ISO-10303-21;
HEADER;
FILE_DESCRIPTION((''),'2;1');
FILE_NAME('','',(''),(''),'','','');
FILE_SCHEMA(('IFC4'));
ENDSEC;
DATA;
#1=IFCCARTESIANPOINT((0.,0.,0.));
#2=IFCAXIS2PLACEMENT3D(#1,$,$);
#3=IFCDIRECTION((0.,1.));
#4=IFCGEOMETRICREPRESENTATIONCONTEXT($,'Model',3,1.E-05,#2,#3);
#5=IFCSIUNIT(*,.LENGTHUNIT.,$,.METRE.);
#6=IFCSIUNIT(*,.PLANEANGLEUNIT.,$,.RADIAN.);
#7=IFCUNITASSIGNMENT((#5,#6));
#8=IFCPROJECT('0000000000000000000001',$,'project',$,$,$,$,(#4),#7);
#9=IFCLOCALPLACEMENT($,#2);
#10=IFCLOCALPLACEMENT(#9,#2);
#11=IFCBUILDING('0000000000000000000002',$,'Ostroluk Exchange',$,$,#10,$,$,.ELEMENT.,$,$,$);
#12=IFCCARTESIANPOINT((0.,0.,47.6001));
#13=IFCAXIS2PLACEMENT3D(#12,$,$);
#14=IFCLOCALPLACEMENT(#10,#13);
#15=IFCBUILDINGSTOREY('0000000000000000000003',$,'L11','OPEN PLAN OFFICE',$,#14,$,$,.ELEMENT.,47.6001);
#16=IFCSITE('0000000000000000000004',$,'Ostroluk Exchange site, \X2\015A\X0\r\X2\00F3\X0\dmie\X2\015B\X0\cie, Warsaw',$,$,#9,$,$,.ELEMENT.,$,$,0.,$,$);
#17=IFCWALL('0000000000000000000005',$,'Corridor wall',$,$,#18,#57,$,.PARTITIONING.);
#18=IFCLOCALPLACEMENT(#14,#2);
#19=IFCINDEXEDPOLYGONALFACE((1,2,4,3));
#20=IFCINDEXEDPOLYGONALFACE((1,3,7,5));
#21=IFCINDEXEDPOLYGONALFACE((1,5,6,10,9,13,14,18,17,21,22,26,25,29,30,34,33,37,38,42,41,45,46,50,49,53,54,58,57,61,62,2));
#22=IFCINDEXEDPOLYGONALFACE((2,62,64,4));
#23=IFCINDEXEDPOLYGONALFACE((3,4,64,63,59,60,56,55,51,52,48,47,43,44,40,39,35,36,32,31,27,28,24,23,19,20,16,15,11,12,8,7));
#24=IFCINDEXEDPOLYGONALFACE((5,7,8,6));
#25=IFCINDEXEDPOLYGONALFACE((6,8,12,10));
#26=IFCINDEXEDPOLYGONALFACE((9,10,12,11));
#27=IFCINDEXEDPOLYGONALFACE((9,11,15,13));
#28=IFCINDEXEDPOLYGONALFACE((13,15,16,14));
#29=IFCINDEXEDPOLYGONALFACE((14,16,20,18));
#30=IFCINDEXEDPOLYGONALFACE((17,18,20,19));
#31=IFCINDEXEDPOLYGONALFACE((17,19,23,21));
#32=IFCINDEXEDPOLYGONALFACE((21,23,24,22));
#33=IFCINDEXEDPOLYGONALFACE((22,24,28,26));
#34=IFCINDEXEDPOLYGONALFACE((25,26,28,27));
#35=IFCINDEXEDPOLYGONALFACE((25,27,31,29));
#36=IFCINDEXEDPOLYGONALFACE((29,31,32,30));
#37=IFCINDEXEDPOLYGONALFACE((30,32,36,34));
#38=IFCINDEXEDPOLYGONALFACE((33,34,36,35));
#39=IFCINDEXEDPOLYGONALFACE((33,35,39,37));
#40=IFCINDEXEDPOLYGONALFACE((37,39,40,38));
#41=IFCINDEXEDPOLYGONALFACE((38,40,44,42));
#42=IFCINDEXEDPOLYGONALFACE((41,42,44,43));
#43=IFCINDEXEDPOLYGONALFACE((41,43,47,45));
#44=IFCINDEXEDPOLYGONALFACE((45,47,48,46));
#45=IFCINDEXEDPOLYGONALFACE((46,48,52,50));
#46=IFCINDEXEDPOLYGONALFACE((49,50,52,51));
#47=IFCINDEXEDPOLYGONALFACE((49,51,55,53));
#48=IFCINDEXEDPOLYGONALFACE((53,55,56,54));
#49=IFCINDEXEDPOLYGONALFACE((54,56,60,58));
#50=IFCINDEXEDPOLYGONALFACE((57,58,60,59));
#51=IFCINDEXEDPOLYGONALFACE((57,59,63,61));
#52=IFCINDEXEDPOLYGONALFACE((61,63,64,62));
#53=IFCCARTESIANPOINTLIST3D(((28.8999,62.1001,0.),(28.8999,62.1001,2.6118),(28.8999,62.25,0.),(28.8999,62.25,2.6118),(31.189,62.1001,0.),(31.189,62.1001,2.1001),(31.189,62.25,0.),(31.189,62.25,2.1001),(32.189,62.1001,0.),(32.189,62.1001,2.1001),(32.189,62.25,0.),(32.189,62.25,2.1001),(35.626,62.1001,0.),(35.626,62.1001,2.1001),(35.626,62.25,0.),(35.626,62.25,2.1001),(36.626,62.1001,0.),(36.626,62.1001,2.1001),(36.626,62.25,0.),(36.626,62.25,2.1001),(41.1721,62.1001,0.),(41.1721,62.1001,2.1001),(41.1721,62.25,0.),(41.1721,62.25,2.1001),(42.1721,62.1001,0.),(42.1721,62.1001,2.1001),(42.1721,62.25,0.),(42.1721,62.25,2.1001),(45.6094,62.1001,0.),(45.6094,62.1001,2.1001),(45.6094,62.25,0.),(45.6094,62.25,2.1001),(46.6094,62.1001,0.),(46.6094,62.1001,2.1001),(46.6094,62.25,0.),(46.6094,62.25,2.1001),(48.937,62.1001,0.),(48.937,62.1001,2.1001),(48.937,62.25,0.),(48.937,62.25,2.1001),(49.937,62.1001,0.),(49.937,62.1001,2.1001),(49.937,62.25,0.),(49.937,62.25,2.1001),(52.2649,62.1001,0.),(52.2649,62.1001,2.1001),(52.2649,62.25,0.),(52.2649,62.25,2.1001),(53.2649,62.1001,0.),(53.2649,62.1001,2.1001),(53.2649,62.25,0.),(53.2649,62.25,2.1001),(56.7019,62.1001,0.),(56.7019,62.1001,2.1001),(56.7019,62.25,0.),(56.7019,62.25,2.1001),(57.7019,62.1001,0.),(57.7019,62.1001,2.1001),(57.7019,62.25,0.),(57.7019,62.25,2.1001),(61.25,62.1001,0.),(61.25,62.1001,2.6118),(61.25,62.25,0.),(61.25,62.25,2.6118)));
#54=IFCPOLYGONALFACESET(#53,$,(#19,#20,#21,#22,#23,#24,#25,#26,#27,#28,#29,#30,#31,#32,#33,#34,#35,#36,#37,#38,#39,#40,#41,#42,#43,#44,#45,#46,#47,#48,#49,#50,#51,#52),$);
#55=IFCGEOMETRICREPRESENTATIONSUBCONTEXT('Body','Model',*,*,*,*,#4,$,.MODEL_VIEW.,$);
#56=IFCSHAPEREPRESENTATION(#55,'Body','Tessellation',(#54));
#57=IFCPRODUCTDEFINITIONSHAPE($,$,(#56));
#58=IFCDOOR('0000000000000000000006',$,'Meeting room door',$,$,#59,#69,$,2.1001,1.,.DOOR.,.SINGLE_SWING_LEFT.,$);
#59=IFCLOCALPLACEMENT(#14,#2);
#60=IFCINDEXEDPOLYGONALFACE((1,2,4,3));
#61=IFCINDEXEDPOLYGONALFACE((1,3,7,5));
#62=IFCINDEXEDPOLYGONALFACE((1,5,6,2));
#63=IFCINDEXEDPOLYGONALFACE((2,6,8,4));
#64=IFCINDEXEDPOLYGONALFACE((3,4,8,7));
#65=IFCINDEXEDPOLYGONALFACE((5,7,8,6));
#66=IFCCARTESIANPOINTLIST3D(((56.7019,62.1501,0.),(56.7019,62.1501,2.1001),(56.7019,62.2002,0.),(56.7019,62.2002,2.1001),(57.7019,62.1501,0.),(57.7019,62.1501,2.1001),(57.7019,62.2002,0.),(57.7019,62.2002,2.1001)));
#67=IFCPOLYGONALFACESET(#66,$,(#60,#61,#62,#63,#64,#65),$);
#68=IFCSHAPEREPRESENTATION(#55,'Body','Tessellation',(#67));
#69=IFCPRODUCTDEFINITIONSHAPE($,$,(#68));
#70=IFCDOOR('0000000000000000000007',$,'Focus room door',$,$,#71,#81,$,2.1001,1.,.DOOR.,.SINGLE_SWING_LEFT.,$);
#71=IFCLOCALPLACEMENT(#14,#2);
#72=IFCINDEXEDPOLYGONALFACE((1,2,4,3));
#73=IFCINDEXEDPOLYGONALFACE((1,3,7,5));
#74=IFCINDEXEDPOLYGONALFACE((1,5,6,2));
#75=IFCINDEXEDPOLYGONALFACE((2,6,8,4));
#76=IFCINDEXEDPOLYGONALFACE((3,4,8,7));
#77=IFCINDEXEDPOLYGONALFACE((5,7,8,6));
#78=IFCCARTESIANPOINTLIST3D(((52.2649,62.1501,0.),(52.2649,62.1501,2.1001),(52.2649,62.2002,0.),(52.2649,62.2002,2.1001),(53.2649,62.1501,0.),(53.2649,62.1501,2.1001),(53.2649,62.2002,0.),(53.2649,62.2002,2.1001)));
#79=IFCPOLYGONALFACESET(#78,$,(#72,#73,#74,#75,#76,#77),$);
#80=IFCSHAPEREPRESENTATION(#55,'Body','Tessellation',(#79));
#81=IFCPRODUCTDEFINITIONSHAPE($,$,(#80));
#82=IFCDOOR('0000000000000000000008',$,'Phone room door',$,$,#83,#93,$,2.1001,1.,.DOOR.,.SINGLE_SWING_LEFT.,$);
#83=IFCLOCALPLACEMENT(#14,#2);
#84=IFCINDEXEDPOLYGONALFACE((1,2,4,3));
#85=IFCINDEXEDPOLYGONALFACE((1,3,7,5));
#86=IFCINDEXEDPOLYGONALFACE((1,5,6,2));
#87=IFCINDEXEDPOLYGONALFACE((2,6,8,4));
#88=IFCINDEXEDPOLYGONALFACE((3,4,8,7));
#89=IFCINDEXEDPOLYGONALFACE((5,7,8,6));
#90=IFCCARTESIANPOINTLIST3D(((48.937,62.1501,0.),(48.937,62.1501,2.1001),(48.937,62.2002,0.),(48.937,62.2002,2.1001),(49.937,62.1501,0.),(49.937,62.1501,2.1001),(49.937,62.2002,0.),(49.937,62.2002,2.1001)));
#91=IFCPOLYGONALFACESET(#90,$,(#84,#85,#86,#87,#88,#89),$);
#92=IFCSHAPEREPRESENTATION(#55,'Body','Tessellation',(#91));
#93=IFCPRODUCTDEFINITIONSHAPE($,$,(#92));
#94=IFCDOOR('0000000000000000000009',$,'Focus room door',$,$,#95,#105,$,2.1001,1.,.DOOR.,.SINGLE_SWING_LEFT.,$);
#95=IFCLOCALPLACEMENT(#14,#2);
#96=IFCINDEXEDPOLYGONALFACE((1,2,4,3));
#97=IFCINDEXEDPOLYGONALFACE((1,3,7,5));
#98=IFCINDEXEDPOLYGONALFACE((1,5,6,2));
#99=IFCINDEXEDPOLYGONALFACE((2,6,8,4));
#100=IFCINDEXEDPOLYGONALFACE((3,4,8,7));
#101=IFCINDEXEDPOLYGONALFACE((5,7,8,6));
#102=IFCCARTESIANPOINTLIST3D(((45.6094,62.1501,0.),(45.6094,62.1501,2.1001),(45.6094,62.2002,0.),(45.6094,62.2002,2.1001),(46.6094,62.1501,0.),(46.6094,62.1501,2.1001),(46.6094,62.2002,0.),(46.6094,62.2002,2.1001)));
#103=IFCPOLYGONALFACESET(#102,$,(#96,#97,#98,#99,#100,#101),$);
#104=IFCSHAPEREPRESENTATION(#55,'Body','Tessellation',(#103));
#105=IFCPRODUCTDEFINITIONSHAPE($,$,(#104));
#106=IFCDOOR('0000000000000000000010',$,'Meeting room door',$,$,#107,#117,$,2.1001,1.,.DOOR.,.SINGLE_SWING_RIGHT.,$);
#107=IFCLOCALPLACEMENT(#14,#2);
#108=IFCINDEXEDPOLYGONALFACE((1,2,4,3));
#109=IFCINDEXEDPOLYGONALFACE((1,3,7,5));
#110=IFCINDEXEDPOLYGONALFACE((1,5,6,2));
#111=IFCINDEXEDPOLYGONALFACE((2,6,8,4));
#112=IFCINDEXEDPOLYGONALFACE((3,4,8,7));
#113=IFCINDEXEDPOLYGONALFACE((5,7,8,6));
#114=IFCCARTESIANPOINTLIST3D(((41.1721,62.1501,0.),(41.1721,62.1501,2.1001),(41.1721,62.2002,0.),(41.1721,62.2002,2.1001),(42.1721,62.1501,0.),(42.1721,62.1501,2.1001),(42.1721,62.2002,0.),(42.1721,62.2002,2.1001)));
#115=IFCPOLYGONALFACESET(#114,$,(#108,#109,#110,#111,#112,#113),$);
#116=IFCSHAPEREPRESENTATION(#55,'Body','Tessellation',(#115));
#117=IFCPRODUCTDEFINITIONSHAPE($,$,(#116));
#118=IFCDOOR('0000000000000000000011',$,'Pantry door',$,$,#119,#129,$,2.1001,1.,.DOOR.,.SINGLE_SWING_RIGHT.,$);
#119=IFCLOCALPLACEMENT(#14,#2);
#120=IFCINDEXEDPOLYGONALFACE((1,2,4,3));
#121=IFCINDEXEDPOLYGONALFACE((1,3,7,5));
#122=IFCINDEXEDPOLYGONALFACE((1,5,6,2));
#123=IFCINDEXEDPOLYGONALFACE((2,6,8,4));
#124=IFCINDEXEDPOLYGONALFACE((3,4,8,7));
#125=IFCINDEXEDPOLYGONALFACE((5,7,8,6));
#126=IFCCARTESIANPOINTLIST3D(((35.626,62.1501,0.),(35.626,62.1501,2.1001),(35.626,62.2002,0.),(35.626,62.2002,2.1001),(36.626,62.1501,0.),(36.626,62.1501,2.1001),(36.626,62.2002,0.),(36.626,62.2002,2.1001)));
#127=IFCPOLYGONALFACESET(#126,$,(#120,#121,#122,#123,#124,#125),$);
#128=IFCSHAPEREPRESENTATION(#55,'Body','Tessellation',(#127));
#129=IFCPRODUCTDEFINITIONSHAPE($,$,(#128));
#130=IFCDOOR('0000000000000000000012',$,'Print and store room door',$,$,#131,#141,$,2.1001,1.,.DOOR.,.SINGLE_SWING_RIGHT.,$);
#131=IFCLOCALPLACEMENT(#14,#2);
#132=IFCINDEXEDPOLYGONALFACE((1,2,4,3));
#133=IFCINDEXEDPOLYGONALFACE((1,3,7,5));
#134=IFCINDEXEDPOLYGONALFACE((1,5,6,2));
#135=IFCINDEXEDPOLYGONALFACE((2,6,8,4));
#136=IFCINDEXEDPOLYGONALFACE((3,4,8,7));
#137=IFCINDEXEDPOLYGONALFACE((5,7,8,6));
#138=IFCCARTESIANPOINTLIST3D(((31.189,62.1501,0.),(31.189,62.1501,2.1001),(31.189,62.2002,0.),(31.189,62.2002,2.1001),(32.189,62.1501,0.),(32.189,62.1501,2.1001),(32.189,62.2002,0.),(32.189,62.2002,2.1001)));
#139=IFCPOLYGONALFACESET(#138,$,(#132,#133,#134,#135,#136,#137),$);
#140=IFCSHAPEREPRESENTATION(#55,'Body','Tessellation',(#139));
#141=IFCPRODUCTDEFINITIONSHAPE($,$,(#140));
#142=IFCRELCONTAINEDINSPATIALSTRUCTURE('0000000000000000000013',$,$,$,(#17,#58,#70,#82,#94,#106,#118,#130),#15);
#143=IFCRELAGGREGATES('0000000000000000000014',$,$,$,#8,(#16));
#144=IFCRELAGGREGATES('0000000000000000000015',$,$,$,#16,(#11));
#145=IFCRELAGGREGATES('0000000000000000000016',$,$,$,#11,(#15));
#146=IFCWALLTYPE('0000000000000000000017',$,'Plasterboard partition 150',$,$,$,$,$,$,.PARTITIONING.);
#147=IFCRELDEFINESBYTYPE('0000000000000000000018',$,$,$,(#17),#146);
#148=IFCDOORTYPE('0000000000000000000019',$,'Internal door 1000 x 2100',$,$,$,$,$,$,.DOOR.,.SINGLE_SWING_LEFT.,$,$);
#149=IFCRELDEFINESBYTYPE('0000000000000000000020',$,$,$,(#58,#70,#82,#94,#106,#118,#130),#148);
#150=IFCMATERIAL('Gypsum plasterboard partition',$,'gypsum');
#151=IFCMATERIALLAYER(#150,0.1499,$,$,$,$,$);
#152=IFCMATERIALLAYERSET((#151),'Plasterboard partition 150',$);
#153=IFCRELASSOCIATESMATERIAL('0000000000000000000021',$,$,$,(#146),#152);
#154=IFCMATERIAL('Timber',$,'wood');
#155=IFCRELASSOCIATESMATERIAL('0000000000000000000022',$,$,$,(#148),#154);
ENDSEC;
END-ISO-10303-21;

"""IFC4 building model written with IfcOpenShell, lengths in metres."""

from ifc_helpers import new_model, si_unit, direction, frame, frame_2d, origin, place, context, subcontext, project, spatial, rectangle, extrude, material, layer, layer_set, type_object, element, fill, save


model = new_model("IFC4")

# Units and contexts
model_context = context("Model", 3, precision=1e-05, world=origin(), true_north=direction((0.0, 1.0)))
body_context = subcontext(model_context, "Body", "Model", "MODEL_VIEW")
ifc_project = project(units=[si_unit("LENGTHUNIT", "METRE"), si_unit("PLANEANGLEUNIT", "RADIAN")], contexts=[model_context])

# Site, building, storey
site_placement = place(None, origin())
site = spatial("IfcSite", under=ifc_project, at=site_placement, Name="Ostroluk Exchange site, Śródmieście, Warsaw", CompositionType="ELEMENT", RefElevation=0.0)
building_placement = place(site_placement, origin())
building = spatial("IfcBuilding", under=site, at=building_placement, Name="Ostroluk Exchange", CompositionType="ELEMENT")
storey_placement = place(building_placement, frame((0.0, 0.0, 47.6001)))
storey = spatial("IfcBuildingStorey", under=building, at=storey_placement, Name="L11", Description="OPEN PLAN OFFICE", CompositionType="ELEMENT", Elevation=47.6001)

# Shared definitions
ifc_material_1 = material(Name="Gypsum plasterboard partition", Category="gypsum")
ifc_layer_1 = layer(ifc_material_1, 0.1499)
ifc_layer_set_1 = layer_set([ifc_layer_1], Name="Plasterboard partition 150")
wall_type_1 = type_object("IfcWallType", Name="Plasterboard partition 150", PredefinedType="PARTITIONING", material=ifc_layer_set_1)

# Wall, openings, doors
wall_1_placement = place(storey_placement, frame((61.25, 62.175, 0.0), z_axis=(0.0, 0.0, 1.0), x_axis=(-1.0, 0.0, 0.0)))
wall_1 = element("IfcWall", 1, at=wall_1_placement, inside=storey, type_object=wall_type_1, Name="Corridor wall", PredefinedType="PARTITIONING", context=body_context, shape_type="SweptSolid", body=[
    extrude(rectangle(XDim=32.3501, YDim=0.1499, at=frame_2d((16.175, 0.0))), origin(), (0.0, 0.0, 1.0), 2.6118),
])
opening_1_placement = place(wall_1_placement, frame((3.5481, 0.0, 0.0)))
opening_1 = element("IfcOpeningElement", 2, at=opening_1_placement, cuts=wall_1, PredefinedType="OPENING", context=body_context, shape_type="SweptSolid", body=[
    extrude(rectangle(XDim=1.0, YDim=2.1001, at=frame_2d((0.5, 1.05))), frame((0.0, 0.085, 0.0), z_axis=(0.0, -1.0, 0.0), x_axis=(1.0, 0.0, 0.0)), (0.0, 0.0, 1.0), 0.1699),
])
opening_2_placement = place(wall_1_placement, frame((7.9851, 0.0, 0.0)))
opening_2 = element("IfcOpeningElement", 3, at=opening_2_placement, cuts=wall_1, PredefinedType="OPENING", context=body_context, shape_type="SweptSolid", body=[
    extrude(rectangle(XDim=1.0, YDim=2.1001, at=frame_2d((0.5, 1.05))), frame((0.0, 0.085, 0.0), z_axis=(0.0, -1.0, 0.0), x_axis=(1.0, 0.0, 0.0)), (0.0, 0.0, 1.0), 0.1699),
])
opening_3_placement = place(wall_1_placement, frame((11.313, 0.0, 0.0)))
opening_3 = element("IfcOpeningElement", 4, at=opening_3_placement, cuts=wall_1, PredefinedType="OPENING", context=body_context, shape_type="SweptSolid", body=[
    extrude(rectangle(XDim=1.0, YDim=2.1001, at=frame_2d((0.5, 1.05))), frame((0.0, 0.085, 0.0), z_axis=(0.0, -1.0, 0.0), x_axis=(1.0, 0.0, 0.0)), (0.0, 0.0, 1.0), 0.1699),
])
opening_4_placement = place(wall_1_placement, frame((14.6406, 0.0, 0.0)))
opening_4 = element("IfcOpeningElement", 5, at=opening_4_placement, cuts=wall_1, PredefinedType="OPENING", context=body_context, shape_type="SweptSolid", body=[
    extrude(rectangle(XDim=1.0, YDim=2.1001, at=frame_2d((0.5, 1.05))), frame((0.0, 0.085, 0.0), z_axis=(0.0, -1.0, 0.0), x_axis=(1.0, 0.0, 0.0)), (0.0, 0.0, 1.0), 0.1699),
])
opening_5_placement = place(wall_1_placement, frame((19.0779, 0.0, 0.0)))
opening_5 = element("IfcOpeningElement", 6, at=opening_5_placement, cuts=wall_1, PredefinedType="OPENING", context=body_context, shape_type="SweptSolid", body=[
    extrude(rectangle(XDim=1.0, YDim=2.1001, at=frame_2d((0.5, 1.05))), frame((0.0, 0.085, 0.0), z_axis=(0.0, -1.0, 0.0), x_axis=(1.0, 0.0, 0.0)), (0.0, 0.0, 1.0), 0.1699),
])
opening_6_placement = place(wall_1_placement, frame((24.624, 0.0, 0.0)))
opening_6 = element("IfcOpeningElement", 7, at=opening_6_placement, cuts=wall_1, PredefinedType="OPENING", context=body_context, shape_type="SweptSolid", body=[
    extrude(rectangle(XDim=1.0, YDim=2.1001, at=frame_2d((0.5, 1.05))), frame((0.0, 0.085, 0.0), z_axis=(0.0, -1.0, 0.0), x_axis=(1.0, 0.0, 0.0)), (0.0, 0.0, 1.0), 0.1699),
])
opening_7_placement = place(wall_1_placement, frame((29.061, 0.0, 0.0)))
opening_7 = element("IfcOpeningElement", 8, at=opening_7_placement, cuts=wall_1, PredefinedType="OPENING", context=body_context, shape_type="SweptSolid", body=[
    extrude(rectangle(XDim=1.0, YDim=2.1001, at=frame_2d((0.5, 1.05))), frame((0.0, 0.085, 0.0), z_axis=(0.0, -1.0, 0.0), x_axis=(1.0, 0.0, 0.0)), (0.0, 0.0, 1.0), 0.1699),
])
ifc_material_2 = material(Name="Timber", Category="wood")
door_type_1 = type_object("IfcDoorType", Name="Internal door 1000 x 2100", OperationType="SINGLE_SWING_LEFT", PredefinedType="DOOR", material=ifc_material_2)
door_1_placement = place(opening_1_placement, origin())
door_1 = element("IfcDoor", 9, at=door_1_placement, inside=storey, type_object=door_type_1, Name="Meeting room door", OperationType="SINGLE_SWING_LEFT", OverallHeight=2.1001, OverallWidth=1.0, PredefinedType="DOOR", context=body_context, shape_type="SweptSolid", body=[
    extrude(rectangle(XDim=1.0, YDim=2.1001, at=frame_2d((0.5, 1.05))), frame((0.0, 0.0249, 0.0), z_axis=(0.0, -1.0, 0.0), x_axis=(1.0, 0.0, 0.0)), (0.0, 0.0, 1.0), 0.05),
])
fill(opening_1, door_1)
door_2_placement = place(opening_2_placement, origin())
door_2 = element("IfcDoor", 10, at=door_2_placement, inside=storey, type_object=door_type_1, Name="Focus room door", OperationType="SINGLE_SWING_LEFT", OverallHeight=2.1001, OverallWidth=1.0, PredefinedType="DOOR", context=body_context, shape_type="SweptSolid", body=[
    extrude(rectangle(XDim=1.0, YDim=2.1001, at=frame_2d((0.5, 1.05))), frame((0.0, 0.0249, 0.0), z_axis=(0.0, -1.0, 0.0), x_axis=(1.0, 0.0, 0.0)), (0.0, 0.0, 1.0), 0.05),
])
fill(opening_2, door_2)
door_3_placement = place(opening_3_placement, origin())
door_3 = element("IfcDoor", 11, at=door_3_placement, inside=storey, type_object=door_type_1, Name="Phone room door", OperationType="SINGLE_SWING_LEFT", OverallHeight=2.1001, OverallWidth=1.0, PredefinedType="DOOR", context=body_context, shape_type="SweptSolid", body=[
    extrude(rectangle(XDim=1.0, YDim=2.1001, at=frame_2d((0.5, 1.05))), frame((0.0, 0.0249, 0.0), z_axis=(0.0, -1.0, 0.0), x_axis=(1.0, 0.0, 0.0)), (0.0, 0.0, 1.0), 0.05),
])
fill(opening_3, door_3)
door_4_placement = place(opening_4_placement, origin())
door_4 = element("IfcDoor", 12, at=door_4_placement, inside=storey, type_object=door_type_1, Name="Focus room door", OperationType="SINGLE_SWING_LEFT", OverallHeight=2.1001, OverallWidth=1.0, PredefinedType="DOOR", context=body_context, shape_type="SweptSolid", body=[
    extrude(rectangle(XDim=1.0, YDim=2.1001, at=frame_2d((0.5, 1.05))), frame((0.0, 0.0249, 0.0), z_axis=(0.0, -1.0, 0.0), x_axis=(1.0, 0.0, 0.0)), (0.0, 0.0, 1.0), 0.05),
])
fill(opening_4, door_4)
door_5_placement = place(opening_5_placement, origin())
door_5 = element("IfcDoor", 13, at=door_5_placement, inside=storey, type_object=door_type_1, Name="Meeting room door", OperationType="SINGLE_SWING_RIGHT", OverallHeight=2.1001, OverallWidth=1.0, PredefinedType="DOOR", context=body_context, shape_type="SweptSolid", body=[
    extrude(rectangle(XDim=1.0, YDim=2.1001, at=frame_2d((0.5, 1.05))), frame((0.0, 0.0249, 0.0), z_axis=(0.0, -1.0, 0.0), x_axis=(1.0, 0.0, 0.0)), (0.0, 0.0, 1.0), 0.05),
])
fill(opening_5, door_5)
door_6_placement = place(opening_6_placement, origin())
door_6 = element("IfcDoor", 14, at=door_6_placement, inside=storey, type_object=door_type_1, Name="Pantry door", OperationType="SINGLE_SWING_RIGHT", OverallHeight=2.1001, OverallWidth=1.0, PredefinedType="DOOR", context=body_context, shape_type="SweptSolid", body=[
    extrude(rectangle(XDim=1.0, YDim=2.1001, at=frame_2d((0.5, 1.05))), frame((0.0, 0.0249, 0.0), z_axis=(0.0, -1.0, 0.0), x_axis=(1.0, 0.0, 0.0)), (0.0, 0.0, 1.0), 0.05),
])
fill(opening_6, door_6)
door_7_placement = place(opening_7_placement, origin())
door_7 = element("IfcDoor", 15, at=door_7_placement, inside=storey, type_object=door_type_1, Name="Print and store room door", OperationType="SINGLE_SWING_RIGHT", OverallHeight=2.1001, OverallWidth=1.0, PredefinedType="DOOR", context=body_context, shape_type="SweptSolid", body=[
    extrude(rectangle(XDim=1.0, YDim=2.1001, at=frame_2d((0.5, 1.05))), frame((0.0, 0.0249, 0.0), z_axis=(0.0, -1.0, 0.0), x_axis=(1.0, 0.0, 0.0)), (0.0, 0.0, 1.0), 0.05),
])
fill(opening_7, door_7)

save(model, "model.ifc")
